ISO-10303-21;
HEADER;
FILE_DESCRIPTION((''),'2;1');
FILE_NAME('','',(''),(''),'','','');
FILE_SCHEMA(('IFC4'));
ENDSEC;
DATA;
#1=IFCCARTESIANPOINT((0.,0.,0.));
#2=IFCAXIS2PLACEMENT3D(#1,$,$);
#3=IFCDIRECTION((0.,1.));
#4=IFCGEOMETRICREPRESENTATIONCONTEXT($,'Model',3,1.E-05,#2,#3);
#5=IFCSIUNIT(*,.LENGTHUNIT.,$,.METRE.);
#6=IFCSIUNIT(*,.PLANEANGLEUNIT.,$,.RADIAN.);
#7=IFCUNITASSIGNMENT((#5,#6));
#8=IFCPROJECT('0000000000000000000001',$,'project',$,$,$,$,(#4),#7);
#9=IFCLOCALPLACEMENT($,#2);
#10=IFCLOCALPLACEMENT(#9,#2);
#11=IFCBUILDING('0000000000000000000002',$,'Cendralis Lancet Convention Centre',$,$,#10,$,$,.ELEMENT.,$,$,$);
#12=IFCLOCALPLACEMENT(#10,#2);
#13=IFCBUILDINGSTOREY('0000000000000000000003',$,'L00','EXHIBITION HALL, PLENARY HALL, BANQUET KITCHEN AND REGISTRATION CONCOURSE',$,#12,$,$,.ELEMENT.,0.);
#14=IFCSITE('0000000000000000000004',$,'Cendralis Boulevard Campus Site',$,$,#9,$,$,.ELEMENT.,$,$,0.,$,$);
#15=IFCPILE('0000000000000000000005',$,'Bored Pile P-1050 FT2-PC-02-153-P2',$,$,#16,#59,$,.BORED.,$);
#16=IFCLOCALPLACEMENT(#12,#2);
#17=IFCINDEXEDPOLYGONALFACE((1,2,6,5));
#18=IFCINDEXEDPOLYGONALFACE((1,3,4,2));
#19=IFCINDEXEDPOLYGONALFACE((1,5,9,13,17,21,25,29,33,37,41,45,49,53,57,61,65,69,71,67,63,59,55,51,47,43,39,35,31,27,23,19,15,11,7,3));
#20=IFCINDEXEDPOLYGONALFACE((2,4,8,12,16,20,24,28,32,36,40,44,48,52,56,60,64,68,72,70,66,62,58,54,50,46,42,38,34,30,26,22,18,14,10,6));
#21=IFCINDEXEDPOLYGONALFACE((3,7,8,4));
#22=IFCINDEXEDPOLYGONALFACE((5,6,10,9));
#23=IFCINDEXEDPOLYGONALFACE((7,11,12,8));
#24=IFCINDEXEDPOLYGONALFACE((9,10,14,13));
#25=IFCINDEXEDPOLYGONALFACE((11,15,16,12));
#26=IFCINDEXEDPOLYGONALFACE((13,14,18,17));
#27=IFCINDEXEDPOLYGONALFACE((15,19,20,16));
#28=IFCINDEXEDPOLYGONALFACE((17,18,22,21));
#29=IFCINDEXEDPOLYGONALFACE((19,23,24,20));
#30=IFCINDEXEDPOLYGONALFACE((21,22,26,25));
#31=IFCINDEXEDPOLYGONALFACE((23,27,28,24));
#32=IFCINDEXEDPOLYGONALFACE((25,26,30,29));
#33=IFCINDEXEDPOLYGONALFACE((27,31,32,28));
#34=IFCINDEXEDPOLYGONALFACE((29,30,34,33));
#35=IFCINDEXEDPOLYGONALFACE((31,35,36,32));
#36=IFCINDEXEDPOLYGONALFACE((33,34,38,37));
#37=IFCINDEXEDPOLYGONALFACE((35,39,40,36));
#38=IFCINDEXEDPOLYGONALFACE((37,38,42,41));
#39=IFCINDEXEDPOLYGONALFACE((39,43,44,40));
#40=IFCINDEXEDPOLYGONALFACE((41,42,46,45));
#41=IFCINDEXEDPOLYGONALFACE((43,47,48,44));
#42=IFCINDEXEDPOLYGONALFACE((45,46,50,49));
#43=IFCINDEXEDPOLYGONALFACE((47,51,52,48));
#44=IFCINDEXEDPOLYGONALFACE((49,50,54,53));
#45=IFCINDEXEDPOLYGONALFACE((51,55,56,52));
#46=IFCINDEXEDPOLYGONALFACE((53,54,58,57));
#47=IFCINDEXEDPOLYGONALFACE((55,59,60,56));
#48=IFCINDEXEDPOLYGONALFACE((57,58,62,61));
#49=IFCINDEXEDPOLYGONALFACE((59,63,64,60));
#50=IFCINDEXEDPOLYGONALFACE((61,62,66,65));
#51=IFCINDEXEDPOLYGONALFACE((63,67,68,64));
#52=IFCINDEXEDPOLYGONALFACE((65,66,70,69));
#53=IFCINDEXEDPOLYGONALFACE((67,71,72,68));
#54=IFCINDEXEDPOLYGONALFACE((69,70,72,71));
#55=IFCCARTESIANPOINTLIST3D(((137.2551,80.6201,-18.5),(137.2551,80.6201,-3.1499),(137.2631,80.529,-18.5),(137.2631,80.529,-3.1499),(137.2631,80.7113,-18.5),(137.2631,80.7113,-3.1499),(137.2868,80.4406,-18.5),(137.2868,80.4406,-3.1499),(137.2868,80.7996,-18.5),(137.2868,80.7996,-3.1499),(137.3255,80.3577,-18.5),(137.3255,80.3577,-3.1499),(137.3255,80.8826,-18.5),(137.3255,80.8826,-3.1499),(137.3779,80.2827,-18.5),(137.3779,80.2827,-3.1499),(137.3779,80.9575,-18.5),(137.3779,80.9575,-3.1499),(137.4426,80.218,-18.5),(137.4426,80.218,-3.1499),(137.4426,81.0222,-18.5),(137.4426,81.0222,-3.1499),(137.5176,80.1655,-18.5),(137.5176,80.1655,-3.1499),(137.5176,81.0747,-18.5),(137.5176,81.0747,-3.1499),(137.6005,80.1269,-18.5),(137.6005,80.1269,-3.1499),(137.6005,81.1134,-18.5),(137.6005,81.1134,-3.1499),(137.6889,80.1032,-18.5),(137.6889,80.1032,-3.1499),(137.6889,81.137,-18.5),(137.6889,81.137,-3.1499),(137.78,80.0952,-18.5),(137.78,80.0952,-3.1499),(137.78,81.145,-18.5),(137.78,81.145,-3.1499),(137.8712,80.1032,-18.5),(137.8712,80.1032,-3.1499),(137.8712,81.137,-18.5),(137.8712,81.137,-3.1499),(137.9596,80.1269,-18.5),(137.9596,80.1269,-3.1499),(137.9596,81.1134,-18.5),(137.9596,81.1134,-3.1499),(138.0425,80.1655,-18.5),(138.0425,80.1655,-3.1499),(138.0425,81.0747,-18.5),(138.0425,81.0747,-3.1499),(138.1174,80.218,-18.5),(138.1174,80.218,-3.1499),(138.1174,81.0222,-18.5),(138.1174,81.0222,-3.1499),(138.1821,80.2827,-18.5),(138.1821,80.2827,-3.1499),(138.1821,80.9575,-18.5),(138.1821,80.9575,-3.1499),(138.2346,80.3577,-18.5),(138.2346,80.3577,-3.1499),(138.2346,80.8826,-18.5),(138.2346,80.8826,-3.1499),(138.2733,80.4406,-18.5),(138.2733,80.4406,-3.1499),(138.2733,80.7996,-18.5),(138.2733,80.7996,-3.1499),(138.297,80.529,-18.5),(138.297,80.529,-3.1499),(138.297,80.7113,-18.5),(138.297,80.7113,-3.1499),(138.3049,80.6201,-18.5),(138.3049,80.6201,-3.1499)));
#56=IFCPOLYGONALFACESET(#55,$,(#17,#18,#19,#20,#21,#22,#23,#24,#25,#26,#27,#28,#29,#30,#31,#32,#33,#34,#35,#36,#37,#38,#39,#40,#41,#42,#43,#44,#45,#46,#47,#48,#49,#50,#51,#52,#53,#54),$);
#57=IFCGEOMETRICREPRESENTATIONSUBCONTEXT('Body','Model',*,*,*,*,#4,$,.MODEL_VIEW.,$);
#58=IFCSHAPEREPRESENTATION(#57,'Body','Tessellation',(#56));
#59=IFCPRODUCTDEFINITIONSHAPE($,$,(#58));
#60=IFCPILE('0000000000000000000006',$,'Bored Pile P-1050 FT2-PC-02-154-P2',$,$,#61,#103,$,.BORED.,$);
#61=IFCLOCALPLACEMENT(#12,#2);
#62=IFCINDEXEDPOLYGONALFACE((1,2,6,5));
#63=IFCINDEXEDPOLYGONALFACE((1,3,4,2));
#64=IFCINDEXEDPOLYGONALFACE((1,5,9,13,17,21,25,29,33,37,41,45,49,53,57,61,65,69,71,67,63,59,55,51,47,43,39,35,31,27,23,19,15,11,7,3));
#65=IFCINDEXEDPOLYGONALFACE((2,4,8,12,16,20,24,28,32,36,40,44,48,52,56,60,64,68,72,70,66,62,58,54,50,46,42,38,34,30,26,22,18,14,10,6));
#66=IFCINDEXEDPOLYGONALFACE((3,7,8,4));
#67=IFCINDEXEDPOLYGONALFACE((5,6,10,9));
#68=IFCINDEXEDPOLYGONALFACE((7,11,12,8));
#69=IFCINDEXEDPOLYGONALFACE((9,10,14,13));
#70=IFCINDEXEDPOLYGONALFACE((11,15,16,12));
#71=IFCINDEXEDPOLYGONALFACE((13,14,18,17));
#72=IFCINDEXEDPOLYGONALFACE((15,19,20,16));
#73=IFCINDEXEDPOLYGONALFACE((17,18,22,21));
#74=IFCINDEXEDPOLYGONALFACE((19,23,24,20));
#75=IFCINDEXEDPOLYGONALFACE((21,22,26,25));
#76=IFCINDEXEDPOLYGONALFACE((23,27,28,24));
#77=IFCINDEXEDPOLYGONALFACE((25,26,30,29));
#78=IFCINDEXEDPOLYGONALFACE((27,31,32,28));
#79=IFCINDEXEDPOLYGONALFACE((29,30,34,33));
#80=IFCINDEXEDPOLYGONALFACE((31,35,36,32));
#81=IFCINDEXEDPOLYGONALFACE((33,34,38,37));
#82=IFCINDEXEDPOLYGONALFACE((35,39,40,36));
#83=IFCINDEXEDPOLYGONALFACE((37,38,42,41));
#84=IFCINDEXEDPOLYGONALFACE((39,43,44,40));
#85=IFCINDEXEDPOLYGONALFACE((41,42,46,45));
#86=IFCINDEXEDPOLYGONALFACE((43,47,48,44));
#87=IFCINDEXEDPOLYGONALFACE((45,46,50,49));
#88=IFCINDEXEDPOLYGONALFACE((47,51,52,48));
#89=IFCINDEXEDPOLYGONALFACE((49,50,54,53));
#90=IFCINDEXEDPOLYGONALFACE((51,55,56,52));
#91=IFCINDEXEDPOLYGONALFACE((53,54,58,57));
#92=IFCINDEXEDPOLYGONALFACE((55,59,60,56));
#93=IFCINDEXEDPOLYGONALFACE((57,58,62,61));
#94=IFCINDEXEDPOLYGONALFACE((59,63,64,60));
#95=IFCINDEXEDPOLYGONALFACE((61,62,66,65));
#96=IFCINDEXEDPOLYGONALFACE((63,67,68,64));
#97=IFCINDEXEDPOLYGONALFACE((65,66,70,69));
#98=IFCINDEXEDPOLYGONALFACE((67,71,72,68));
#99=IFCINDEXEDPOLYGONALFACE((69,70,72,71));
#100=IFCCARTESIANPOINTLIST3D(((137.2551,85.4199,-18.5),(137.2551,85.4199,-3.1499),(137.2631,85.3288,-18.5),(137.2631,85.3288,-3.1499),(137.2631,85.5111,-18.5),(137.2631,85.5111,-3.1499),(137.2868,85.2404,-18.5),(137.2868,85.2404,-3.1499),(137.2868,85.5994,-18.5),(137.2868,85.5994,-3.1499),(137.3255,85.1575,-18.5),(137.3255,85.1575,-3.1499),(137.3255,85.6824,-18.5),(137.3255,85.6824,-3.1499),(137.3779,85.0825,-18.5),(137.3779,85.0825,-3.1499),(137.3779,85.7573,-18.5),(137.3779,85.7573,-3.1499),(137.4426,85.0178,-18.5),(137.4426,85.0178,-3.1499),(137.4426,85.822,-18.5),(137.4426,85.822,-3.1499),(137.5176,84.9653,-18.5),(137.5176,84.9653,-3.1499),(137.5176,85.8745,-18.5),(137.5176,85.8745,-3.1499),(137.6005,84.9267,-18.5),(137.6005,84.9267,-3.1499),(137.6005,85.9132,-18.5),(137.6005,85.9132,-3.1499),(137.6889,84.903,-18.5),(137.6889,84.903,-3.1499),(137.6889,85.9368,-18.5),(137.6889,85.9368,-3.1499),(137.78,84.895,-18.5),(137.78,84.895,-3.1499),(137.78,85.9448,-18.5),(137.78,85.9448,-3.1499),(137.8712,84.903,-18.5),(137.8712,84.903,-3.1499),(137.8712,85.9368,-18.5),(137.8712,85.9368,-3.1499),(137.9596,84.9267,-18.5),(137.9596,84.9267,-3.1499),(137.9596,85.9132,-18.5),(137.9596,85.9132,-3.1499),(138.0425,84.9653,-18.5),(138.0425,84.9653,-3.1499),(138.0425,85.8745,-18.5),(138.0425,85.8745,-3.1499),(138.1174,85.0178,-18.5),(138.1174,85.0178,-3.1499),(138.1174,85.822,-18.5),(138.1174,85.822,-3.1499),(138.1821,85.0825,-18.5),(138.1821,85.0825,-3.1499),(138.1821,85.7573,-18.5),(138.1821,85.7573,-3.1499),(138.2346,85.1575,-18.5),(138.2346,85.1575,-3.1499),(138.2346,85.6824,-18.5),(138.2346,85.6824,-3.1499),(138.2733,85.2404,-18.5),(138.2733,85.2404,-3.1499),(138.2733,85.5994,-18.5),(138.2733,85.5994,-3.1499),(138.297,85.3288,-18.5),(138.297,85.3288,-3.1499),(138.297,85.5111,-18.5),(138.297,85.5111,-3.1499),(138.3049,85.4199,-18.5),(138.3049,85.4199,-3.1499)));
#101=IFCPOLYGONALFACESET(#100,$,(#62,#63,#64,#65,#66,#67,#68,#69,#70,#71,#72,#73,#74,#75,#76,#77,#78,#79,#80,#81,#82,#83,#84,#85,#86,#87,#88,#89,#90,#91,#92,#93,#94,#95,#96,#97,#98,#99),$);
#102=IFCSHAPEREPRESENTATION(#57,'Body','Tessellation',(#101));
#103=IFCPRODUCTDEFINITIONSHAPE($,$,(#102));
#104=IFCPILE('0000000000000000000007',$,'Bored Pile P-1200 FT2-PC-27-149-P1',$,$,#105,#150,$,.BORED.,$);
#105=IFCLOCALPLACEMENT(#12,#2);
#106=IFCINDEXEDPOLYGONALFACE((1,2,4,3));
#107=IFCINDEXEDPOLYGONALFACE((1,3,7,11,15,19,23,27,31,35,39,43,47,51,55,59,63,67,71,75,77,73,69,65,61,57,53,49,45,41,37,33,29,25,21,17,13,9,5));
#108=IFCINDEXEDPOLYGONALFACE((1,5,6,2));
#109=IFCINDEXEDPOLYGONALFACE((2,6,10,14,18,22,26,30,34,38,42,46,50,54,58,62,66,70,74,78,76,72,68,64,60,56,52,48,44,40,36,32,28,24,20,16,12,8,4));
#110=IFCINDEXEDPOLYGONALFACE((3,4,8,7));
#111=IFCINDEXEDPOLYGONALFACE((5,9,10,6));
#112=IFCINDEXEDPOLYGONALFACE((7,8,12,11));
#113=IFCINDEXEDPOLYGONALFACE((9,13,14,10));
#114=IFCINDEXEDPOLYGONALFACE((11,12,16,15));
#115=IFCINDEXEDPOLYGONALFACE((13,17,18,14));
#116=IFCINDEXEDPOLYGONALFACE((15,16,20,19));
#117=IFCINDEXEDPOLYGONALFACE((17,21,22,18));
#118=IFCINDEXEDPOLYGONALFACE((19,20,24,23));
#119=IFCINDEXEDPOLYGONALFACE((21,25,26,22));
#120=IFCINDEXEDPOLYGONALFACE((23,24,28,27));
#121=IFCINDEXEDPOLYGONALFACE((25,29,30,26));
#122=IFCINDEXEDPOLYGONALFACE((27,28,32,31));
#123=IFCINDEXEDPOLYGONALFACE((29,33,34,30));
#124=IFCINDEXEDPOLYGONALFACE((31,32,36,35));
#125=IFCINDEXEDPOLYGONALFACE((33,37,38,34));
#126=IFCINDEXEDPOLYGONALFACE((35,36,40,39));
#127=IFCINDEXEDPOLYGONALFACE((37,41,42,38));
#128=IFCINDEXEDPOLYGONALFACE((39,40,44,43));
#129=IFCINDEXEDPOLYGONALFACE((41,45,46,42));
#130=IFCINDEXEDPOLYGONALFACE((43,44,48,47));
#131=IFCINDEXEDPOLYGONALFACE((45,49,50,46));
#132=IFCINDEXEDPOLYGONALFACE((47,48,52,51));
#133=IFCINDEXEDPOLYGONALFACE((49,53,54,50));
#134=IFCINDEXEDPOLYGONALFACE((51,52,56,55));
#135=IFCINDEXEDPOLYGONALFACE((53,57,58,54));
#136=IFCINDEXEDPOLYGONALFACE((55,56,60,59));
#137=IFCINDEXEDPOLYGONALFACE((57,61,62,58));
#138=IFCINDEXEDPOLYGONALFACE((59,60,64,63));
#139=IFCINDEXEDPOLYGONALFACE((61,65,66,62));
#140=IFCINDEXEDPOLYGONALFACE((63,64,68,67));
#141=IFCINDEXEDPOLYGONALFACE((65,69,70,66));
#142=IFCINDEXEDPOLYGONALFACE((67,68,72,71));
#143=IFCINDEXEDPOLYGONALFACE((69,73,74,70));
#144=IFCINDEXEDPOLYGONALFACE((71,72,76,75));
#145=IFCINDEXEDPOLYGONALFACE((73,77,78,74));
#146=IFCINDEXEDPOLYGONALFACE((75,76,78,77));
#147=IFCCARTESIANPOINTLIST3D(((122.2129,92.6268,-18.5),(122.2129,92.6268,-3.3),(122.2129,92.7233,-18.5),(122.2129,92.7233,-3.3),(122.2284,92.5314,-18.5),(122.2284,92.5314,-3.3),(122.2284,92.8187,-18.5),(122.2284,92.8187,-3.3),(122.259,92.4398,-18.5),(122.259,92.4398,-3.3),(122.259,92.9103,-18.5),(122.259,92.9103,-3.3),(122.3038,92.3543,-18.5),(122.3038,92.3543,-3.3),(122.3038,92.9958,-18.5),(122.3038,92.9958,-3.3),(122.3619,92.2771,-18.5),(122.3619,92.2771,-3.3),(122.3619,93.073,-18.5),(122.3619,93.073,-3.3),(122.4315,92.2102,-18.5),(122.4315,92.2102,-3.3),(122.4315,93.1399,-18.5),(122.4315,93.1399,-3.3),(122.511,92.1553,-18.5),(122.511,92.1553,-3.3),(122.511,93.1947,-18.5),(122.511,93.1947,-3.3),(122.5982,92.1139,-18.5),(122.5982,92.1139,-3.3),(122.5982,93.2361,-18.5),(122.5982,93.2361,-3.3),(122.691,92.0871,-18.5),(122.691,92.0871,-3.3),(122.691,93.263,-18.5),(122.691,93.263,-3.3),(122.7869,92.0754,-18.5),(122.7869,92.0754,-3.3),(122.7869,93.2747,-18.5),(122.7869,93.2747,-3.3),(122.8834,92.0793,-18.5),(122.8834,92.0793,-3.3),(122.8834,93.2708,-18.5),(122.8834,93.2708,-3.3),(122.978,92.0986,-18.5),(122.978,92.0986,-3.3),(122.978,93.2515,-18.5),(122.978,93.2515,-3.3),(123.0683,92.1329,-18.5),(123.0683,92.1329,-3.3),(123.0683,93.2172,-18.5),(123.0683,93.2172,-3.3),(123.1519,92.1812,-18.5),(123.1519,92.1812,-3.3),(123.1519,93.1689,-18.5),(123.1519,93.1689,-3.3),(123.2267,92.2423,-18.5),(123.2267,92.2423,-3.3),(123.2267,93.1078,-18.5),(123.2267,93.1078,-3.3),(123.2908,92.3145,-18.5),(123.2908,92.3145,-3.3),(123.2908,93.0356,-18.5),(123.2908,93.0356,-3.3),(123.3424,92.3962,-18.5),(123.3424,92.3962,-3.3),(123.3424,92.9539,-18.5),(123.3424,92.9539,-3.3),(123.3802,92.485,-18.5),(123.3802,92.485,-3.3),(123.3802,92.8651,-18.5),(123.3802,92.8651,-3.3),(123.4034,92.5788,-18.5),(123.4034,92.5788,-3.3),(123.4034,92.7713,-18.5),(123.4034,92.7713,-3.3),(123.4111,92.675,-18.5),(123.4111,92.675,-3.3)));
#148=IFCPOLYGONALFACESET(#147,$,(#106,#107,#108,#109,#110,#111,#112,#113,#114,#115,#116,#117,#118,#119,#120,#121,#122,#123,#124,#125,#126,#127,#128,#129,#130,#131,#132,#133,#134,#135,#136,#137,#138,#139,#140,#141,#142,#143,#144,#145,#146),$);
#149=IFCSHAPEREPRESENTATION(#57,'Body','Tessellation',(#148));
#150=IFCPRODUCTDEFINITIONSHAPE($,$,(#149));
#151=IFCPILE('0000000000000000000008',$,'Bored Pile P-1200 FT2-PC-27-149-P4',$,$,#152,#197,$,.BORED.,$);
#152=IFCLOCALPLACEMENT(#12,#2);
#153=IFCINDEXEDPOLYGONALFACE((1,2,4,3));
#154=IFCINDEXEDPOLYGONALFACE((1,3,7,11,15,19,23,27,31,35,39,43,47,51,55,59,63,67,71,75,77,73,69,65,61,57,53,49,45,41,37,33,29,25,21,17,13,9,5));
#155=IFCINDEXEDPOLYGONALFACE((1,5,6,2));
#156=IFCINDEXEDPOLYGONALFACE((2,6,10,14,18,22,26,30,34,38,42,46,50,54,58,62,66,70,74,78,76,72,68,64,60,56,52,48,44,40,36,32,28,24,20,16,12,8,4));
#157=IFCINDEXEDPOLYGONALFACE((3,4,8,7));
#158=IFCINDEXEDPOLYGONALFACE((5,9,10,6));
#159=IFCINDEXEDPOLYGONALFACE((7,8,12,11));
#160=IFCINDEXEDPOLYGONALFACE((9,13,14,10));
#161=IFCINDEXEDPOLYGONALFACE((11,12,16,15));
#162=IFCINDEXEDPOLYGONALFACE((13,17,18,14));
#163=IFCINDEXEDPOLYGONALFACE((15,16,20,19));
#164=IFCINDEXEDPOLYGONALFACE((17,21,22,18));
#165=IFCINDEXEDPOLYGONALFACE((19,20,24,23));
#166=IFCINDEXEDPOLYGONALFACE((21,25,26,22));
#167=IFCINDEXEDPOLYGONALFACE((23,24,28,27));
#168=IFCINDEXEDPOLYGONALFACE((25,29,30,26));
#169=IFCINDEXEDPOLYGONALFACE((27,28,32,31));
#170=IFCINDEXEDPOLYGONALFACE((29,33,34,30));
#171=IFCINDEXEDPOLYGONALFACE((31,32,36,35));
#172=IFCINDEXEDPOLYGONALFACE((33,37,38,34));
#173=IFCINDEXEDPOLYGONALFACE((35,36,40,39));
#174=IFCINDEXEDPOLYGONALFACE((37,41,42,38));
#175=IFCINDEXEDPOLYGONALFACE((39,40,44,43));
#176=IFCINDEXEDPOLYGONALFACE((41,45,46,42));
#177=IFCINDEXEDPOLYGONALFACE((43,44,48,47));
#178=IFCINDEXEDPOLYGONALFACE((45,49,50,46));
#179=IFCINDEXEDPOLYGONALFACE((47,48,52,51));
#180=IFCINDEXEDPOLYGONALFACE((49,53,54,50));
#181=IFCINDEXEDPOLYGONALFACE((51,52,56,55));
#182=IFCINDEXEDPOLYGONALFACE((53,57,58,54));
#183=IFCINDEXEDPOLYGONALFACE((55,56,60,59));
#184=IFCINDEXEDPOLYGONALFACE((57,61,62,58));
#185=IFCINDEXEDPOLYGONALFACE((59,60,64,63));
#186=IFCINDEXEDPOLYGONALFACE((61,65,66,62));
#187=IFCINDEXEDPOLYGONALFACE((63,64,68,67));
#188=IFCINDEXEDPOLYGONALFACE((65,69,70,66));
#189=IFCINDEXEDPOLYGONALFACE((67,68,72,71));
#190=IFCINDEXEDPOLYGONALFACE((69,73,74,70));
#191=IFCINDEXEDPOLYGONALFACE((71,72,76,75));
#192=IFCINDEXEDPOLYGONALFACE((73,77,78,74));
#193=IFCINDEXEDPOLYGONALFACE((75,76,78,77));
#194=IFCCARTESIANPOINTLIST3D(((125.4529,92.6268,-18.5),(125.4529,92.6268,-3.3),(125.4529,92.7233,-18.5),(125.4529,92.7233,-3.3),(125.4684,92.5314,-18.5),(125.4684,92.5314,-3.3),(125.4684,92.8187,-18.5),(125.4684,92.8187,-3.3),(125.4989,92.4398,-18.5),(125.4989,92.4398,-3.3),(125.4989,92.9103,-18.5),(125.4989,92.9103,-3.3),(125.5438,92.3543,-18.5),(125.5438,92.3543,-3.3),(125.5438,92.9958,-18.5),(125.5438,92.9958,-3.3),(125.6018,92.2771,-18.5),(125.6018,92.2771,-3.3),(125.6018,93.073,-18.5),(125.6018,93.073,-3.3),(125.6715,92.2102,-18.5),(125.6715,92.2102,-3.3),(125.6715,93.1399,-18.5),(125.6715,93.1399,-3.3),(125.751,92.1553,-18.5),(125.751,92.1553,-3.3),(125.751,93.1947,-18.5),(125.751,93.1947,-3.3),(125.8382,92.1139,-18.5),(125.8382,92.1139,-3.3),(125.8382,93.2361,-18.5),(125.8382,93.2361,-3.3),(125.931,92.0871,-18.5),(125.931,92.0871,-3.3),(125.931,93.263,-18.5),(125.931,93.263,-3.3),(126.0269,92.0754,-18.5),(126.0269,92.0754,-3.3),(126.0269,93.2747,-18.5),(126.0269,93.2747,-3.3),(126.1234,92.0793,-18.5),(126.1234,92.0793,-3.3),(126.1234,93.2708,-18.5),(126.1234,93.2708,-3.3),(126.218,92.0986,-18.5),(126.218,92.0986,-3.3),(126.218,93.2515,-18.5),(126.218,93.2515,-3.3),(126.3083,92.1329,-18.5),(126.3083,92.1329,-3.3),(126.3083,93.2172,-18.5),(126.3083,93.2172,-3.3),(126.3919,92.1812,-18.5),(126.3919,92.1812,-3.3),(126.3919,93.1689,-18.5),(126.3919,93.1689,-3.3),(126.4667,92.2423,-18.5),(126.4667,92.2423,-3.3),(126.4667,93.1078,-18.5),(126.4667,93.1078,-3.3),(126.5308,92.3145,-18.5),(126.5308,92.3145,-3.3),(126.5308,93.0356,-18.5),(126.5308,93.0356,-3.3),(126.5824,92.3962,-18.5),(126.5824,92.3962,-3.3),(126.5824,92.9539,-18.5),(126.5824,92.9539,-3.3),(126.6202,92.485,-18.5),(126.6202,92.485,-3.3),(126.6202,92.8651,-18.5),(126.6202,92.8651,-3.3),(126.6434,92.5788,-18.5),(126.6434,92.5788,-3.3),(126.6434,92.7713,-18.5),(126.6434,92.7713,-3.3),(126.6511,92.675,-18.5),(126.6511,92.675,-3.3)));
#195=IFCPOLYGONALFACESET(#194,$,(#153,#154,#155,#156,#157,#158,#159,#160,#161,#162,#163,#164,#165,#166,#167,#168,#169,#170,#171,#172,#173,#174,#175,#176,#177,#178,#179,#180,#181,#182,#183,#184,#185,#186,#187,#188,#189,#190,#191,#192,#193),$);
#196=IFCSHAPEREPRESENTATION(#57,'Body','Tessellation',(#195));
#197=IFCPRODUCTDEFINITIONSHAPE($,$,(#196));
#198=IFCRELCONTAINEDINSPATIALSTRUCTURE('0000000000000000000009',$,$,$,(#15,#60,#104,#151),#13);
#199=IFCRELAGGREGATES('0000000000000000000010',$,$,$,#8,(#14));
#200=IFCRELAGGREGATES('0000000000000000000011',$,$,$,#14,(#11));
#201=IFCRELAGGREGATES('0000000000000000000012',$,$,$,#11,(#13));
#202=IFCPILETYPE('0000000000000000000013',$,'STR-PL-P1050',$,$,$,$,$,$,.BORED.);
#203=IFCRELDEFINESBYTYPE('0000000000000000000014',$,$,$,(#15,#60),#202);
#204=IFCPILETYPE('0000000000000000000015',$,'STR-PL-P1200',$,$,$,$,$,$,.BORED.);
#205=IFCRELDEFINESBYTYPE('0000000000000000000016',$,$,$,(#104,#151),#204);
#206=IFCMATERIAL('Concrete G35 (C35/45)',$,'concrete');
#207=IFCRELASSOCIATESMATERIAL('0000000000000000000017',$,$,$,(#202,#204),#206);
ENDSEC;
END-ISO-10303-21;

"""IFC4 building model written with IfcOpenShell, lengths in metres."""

from ifc_helpers import new_model, si_unit, direction, frame, origin, origin_2d, place, context, subcontext, project, spatial, circle, extrude, material, material_profile, profile_set, type_object, element, save


model = new_model("IFC4")

# Units and contexts
model_context = context("Model", 3, precision=1e-05, world=origin(), true_north=direction((0.0, 1.0)))
body_context = subcontext(model_context, "Body", "Model", "MODEL_VIEW")
ifc_project = project(units=[si_unit("LENGTHUNIT", "METRE"), si_unit("PLANEANGLEUNIT", "RADIAN")], contexts=[model_context])

# Site, building, storey
site_placement = place(None, origin())
site = spatial("IfcSite", under=ifc_project, at=site_placement, Name="Cendralis Boulevard Campus Site", CompositionType="ELEMENT", RefElevation=0.0)
building_placement = place(site_placement, origin())
building = spatial("IfcBuilding", under=site, at=building_placement, Name="Cendralis Lancet Convention Centre", CompositionType="ELEMENT")
storey_placement = place(building_placement, origin())
storey = spatial("IfcBuildingStorey", under=building, at=storey_placement, Name="L00", Description="EXHIBITION HALL, PLENARY HALL, BANQUET KITCHEN AND REGISTRATION CONCOURSE", CompositionType="ELEMENT", Elevation=0.0)

# Piles
ifc_material_1 = material(Name="Concrete G35 (C35/45)", Category="concrete")
ifc_material_profile_1 = material_profile(ifc_material_1, circle(Radius=0.5249, at=origin_2d()), Name="BORED PILE D1050")
ifc_profile_set_1 = profile_set([ifc_material_profile_1], Name="Concrete G35 (C35/45)")
pile_type_1 = type_object("IfcPileType", Name="STR-PL-P1050", PredefinedType="BORED", material=ifc_profile_set_1)
for number, where, z_axis, x_axis, name in (
    (1, (137.78, 80.6201, -3.1499), (0.0, 0.0, -1.0), (1.0, 0.0, 0.0), "Bored Pile P-1050 FT2-PC-02-153-P2"),
    (2, (137.78, 85.4199, -3.1499), (0.0, 0.0, -1.0), (1.0, 0.0, 0.0), "Bored Pile P-1050 FT2-PC-02-154-P2"),
):
    element("IfcPile", number, at=place(storey_placement, frame(where, z_axis=z_axis, x_axis=x_axis)), inside=storey, type_object=pile_type_1, Name=name, PredefinedType="BORED", context=body_context, shape_type="SweptSolid", body=[
        extrude(circle(Radius=0.5249, at=origin_2d()), origin(), (0.0, 0.0, 1.0), 15.3501),
    ])
ifc_material_profile_2 = material_profile(ifc_material_1, circle(Radius=0.6001, at=origin_2d()), Name="BORED PILE D1200")
ifc_profile_set_2 = profile_set([ifc_material_profile_2], Name="Concrete G35 (C35/45)")
pile_type_2 = type_object("IfcPileType", Name="STR-PL-P1200", PredefinedType="BORED", material=ifc_profile_set_2)
for number, where, z_axis, x_axis, name in (
    (3, (122.811, 92.675, -3.3), (0.0, 0.0, -1.0), (1.0, 0.0, 0.0), "Bored Pile P-1200 FT2-PC-27-149-P1"),
    (4, (126.051, 92.675, -3.3), (0.0, 0.0, -1.0), (1.0, 0.0, 0.0), "Bored Pile P-1200 FT2-PC-27-149-P4"),
):
    element("IfcPile", number, at=place(storey_placement, frame(where, z_axis=z_axis, x_axis=x_axis)), inside=storey, type_object=pile_type_2, Name=name, PredefinedType="BORED", context=body_context, shape_type="SweptSolid", body=[
        extrude(circle(Radius=0.6001, at=origin_2d()), origin(), (0.0, 0.0, 1.0), 15.2),
    ])

save(model, "model.ifc")
